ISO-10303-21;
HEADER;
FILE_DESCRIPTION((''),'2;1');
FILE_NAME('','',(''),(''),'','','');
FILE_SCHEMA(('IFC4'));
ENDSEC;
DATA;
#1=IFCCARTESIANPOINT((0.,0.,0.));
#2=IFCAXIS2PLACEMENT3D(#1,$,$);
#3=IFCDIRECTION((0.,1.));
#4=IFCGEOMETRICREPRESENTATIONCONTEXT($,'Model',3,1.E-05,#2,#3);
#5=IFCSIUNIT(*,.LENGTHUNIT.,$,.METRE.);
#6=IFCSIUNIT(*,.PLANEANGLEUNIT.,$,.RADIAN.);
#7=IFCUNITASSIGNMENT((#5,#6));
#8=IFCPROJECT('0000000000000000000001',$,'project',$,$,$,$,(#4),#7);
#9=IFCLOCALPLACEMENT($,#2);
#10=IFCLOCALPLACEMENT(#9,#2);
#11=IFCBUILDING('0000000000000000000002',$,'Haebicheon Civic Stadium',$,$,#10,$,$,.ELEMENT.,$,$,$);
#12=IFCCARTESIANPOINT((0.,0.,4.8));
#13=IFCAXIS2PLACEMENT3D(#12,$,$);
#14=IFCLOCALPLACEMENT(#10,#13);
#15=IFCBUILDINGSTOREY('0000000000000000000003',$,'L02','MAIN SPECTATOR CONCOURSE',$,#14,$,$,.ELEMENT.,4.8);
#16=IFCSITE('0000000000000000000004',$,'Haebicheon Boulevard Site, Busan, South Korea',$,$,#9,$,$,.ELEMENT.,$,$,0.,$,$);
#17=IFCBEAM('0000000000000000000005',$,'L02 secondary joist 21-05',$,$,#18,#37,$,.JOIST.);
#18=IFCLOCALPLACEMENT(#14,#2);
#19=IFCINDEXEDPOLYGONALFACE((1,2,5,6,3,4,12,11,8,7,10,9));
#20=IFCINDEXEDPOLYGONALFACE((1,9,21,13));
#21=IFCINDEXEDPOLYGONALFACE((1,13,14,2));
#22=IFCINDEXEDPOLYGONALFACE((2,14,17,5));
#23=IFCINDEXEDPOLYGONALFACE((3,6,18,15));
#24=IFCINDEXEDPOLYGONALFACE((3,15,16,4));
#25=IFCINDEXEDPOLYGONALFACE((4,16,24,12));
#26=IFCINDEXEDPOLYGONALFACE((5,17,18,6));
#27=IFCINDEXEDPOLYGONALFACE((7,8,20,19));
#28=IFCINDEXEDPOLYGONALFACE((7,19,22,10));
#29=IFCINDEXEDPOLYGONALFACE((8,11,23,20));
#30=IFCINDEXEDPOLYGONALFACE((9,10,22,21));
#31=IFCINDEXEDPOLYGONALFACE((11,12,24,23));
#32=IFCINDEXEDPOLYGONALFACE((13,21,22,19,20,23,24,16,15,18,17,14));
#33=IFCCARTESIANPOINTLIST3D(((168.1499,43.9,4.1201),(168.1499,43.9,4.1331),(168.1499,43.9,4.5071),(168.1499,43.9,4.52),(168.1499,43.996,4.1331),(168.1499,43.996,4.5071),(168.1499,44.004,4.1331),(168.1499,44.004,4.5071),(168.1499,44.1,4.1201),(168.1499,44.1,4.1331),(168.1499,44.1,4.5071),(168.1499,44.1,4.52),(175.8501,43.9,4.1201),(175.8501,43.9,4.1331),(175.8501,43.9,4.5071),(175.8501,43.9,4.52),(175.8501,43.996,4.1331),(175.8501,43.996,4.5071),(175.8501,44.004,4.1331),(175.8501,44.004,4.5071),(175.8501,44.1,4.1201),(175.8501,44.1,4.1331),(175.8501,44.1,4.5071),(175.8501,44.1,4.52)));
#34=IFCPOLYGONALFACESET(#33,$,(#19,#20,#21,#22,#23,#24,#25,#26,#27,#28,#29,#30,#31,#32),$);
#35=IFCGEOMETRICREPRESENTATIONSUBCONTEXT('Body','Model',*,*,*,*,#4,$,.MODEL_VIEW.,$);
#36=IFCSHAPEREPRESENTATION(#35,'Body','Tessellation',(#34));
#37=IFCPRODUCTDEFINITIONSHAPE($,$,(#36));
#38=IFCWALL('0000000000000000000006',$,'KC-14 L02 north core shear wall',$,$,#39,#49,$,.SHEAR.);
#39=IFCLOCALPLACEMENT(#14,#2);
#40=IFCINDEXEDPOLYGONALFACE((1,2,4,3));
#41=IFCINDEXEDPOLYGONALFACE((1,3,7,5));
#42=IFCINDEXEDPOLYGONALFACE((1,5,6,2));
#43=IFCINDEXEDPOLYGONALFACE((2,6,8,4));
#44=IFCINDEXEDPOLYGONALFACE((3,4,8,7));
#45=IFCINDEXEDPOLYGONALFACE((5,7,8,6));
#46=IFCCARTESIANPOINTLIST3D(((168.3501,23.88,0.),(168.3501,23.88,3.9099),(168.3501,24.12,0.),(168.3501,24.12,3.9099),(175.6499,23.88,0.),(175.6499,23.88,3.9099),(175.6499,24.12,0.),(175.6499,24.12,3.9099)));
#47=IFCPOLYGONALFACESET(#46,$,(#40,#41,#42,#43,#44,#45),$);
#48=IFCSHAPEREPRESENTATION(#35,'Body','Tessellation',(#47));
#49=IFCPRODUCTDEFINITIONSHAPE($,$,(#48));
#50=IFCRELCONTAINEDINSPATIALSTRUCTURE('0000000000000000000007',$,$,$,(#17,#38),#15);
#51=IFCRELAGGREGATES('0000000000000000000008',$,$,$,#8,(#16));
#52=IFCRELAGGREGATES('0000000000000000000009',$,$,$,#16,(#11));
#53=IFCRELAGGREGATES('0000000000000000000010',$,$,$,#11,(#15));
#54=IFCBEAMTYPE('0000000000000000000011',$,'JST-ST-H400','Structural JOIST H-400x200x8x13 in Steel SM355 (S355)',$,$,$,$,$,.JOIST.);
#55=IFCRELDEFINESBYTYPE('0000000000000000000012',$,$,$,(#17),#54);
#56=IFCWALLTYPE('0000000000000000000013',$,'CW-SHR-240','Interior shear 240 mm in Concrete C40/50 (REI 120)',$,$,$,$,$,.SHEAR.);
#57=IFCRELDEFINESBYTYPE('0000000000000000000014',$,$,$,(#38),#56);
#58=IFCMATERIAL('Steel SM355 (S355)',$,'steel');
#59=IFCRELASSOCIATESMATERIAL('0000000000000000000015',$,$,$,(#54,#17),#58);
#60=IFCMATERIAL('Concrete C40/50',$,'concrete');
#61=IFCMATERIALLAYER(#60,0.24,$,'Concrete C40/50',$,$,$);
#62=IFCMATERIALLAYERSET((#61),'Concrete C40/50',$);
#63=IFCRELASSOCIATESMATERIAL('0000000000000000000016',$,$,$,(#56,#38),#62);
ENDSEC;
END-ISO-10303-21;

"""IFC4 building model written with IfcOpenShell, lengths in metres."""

from ifc_helpers import new_model, si_unit, direction, frame, frame_2d, origin, origin_2d, place, context, subcontext, project, spatial, rectangle, i_section, extrude, material, layer, layer_set, material_profile, profile_set, type_object, element, save


model = new_model("IFC4")

# Units and contexts
model_context = context("Model", 3, precision=1e-05, world=origin(), true_north=direction((0.0, 1.0)))
body_context = subcontext(model_context, "Body", "Model", "MODEL_VIEW")
ifc_project = project(units=[si_unit("LENGTHUNIT", "METRE"), si_unit("PLANEANGLEUNIT", "RADIAN")], contexts=[model_context])

# Site, building, storey
site_placement = place(None, origin())
site = spatial("IfcSite", under=ifc_project, at=site_placement, Name="Haebicheon Boulevard Site, Busan, South Korea", CompositionType="ELEMENT", RefElevation=0.0)
building_placement = place(site_placement, origin())
building = spatial("IfcBuilding", under=site, at=building_placement, Name="Haebicheon Civic Stadium", CompositionType="ELEMENT")
storey_placement = place(building_placement, frame((0.0, 0.0, 4.8)))
storey = spatial("IfcBuildingStorey", under=building, at=storey_placement, Name="L02", Description="MAIN SPECTATOR CONCOURSE", CompositionType="ELEMENT", Elevation=4.8)

# Beam
ifc_material_1 = material(Name="Steel SM355 (S355)", Category="steel")
ifc_material_profile_1 = material_profile(ifc_material_1, i_section(OverallWidth=0.2, OverallDepth=0.3999, WebThickness=0.0081, FlangeThickness=0.0129, at=origin_2d()), Name="H-400x200x8x13")
ifc_profile_set_1 = profile_set([ifc_material_profile_1], Name="Steel SM355 (S355)")
beam_type_1 = type_object("IfcBeamType", Name="JST-ST-H400", Description="Structural JOIST H-400x200x8x13 in Steel SM355 (S355)", PredefinedType="JOIST", material=ifc_profile_set_1)
for number, where, z_axis, x_axis, name in (
    (1, (168.1499, 44.0, 4.3201), (1.0, 0.0, 0.0), (0.0, 1.0, 0.0), "L02 secondary joist 21-05"),
):
    element("IfcBeam", number, at=place(storey_placement, frame(where, z_axis=z_axis, x_axis=x_axis)), inside=storey, type_object=beam_type_1, material=ifc_profile_set_1, Name=name, PredefinedType="JOIST", context=body_context, shape_type="SweptSolid", body=[
        extrude(i_section(OverallWidth=0.2, OverallDepth=0.3999, WebThickness=0.0081, FlangeThickness=0.0129, at=origin_2d()), origin(), (0.0, 0.0, 1.0), 7.7002),
    ])

# Wall
ifc_material_2 = material(Name="Concrete C40/50", Category="concrete")
ifc_layer = layer(ifc_material_2, 0.24, Name="Concrete C40/50")
ifc_layer_set = layer_set([ifc_layer], Name="Concrete C40/50")
wall_type = type_object("IfcWallType", Name="CW-SHR-240", Description="Interior shear 240 mm in Concrete C40/50 (REI 120)", PredefinedType="SHEAR", material=ifc_layer_set)
wall_placement = place(storey_placement, frame((168.3501, 24.0, 0.0), z_axis=(0.0, 0.0, 1.0), x_axis=(1.0, 0.0, 0.0)))
element("IfcWall", 2, at=wall_placement, inside=storey, type_object=wall_type, material=ifc_layer_set, Name="KC-14 L02 north core shear wall", PredefinedType="SHEAR", context=body_context, shape_type="SweptSolid", body=[
    extrude(rectangle(XDim=7.2998, YDim=0.24, at=frame_2d((3.6499, 0.0))), origin(), (0.0, 0.0, 1.0), 3.9099),
])

save(model, "model.ifc")
